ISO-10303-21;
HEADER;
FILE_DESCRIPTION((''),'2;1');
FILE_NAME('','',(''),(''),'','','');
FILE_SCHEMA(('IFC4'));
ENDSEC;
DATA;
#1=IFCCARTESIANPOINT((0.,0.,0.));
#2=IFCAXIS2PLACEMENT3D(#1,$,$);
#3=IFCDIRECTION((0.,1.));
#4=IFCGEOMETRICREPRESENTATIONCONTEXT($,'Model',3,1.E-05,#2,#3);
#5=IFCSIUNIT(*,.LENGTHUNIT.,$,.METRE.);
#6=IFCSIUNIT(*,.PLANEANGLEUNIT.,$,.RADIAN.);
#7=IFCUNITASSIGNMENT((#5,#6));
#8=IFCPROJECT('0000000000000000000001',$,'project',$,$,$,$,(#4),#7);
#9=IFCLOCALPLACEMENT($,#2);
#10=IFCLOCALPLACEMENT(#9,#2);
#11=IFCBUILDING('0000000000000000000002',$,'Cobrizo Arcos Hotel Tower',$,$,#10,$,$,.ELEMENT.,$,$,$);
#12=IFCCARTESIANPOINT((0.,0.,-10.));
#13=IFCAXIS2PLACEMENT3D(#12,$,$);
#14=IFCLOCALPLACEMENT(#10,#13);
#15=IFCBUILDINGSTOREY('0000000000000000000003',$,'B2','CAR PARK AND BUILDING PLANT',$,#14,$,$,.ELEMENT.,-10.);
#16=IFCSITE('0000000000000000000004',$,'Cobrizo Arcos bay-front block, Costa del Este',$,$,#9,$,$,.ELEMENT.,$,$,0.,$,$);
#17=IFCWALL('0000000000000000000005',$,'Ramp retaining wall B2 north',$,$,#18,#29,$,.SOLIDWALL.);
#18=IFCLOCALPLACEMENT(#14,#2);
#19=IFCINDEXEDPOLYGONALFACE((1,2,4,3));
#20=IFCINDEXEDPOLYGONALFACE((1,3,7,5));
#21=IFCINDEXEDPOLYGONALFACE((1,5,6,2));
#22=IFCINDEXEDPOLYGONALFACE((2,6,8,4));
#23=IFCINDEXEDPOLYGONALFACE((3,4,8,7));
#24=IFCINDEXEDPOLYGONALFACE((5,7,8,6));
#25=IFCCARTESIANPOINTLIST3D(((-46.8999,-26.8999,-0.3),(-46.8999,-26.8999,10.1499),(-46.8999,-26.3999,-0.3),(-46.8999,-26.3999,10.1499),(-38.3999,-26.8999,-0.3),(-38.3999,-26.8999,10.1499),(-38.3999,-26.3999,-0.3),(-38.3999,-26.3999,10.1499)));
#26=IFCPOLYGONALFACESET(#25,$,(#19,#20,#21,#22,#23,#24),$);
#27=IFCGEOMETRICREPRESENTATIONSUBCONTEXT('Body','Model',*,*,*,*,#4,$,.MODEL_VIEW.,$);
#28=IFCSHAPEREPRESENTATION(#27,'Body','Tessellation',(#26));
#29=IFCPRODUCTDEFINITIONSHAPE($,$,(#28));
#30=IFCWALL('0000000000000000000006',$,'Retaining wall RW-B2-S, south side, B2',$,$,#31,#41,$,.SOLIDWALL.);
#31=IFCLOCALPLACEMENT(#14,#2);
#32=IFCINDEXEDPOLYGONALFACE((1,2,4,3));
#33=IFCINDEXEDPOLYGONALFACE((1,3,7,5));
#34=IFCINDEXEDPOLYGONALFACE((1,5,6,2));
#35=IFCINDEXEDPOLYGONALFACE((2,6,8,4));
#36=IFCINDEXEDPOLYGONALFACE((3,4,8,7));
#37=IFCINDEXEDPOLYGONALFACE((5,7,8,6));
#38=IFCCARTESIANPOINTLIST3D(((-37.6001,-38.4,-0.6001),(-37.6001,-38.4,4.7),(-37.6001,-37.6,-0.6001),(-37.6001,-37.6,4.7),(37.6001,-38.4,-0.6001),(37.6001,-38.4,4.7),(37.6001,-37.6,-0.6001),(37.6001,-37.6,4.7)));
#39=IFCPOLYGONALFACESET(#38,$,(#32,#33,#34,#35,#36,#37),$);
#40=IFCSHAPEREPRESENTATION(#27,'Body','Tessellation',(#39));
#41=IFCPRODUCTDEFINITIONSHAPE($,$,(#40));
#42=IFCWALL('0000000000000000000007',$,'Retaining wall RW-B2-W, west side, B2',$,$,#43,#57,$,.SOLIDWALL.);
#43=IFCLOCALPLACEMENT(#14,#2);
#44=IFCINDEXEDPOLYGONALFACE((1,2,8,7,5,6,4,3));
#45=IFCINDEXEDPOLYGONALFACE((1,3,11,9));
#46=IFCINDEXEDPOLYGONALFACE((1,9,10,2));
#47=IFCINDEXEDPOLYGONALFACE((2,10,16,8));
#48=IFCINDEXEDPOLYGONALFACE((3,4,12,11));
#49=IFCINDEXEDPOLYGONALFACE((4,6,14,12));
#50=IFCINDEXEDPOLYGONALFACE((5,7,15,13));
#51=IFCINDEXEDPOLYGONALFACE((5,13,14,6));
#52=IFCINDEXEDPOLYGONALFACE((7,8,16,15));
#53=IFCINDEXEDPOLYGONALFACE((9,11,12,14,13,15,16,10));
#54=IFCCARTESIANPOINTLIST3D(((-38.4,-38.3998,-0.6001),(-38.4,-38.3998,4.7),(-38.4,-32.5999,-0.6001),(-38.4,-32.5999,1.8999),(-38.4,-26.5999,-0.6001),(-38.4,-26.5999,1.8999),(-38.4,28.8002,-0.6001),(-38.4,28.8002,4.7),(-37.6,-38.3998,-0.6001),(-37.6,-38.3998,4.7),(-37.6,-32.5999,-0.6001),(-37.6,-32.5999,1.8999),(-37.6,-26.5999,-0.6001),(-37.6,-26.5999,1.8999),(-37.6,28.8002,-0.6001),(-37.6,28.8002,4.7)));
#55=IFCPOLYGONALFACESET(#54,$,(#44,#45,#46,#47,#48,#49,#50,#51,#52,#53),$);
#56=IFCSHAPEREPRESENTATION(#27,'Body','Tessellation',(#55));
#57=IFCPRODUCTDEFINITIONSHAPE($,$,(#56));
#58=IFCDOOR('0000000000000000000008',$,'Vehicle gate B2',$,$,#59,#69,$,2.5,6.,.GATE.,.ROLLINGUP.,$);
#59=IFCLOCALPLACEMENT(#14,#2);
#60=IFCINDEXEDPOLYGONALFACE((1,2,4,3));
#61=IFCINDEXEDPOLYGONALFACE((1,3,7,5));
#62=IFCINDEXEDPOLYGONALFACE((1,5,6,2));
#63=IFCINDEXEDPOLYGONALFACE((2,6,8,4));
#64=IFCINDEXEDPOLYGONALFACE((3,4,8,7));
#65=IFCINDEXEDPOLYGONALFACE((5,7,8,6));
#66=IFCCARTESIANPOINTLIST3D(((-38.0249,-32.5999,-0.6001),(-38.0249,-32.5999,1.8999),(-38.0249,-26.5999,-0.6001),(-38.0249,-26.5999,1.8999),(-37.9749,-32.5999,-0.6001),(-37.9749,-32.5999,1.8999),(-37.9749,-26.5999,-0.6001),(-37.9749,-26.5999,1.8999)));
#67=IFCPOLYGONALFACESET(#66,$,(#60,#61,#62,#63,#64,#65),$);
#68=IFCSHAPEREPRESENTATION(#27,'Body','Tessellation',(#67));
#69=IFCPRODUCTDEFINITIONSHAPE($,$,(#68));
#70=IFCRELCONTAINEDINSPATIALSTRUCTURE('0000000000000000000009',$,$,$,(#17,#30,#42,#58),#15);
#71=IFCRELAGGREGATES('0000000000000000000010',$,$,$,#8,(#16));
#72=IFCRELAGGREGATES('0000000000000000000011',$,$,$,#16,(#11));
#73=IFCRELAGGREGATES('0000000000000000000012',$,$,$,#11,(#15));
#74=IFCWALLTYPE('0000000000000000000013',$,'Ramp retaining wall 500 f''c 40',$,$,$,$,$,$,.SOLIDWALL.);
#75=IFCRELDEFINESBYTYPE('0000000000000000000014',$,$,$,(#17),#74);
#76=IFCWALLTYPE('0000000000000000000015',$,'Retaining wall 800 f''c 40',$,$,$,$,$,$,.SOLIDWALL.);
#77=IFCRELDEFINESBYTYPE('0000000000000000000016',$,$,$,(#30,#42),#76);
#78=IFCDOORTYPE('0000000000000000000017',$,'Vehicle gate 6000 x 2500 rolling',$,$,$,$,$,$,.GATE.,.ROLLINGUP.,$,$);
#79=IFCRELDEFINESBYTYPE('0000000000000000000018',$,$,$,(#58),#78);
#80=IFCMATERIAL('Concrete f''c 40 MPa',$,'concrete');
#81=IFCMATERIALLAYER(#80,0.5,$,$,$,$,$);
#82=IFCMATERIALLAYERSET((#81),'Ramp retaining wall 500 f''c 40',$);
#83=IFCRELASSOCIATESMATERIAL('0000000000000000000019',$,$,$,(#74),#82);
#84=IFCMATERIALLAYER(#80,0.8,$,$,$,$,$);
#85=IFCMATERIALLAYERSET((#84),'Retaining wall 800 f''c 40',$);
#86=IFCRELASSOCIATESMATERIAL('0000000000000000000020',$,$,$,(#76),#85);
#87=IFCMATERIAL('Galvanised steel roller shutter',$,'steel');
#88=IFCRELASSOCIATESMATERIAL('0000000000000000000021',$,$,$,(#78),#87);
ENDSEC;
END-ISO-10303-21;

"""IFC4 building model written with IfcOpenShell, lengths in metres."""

from ifc_helpers import new_model, si_unit, direction, frame, frame_2d, origin, place, context, subcontext, project, spatial, rectangle, extrude, material, layer, layer_set, type_object, element, fill, save


model = new_model("IFC4")

# Units and contexts
model_context = context("Model", 3, precision=1e-05, world=origin(), true_north=direction((0.0, 1.0)))
body_context = subcontext(model_context, "Body", "Model", "MODEL_VIEW")
ifc_project = project(units=[si_unit("LENGTHUNIT", "METRE"), si_unit("PLANEANGLEUNIT", "RADIAN")], contexts=[model_context])

# Site, building, storey
site_placement = place(None, origin())
site = spatial("IfcSite", under=ifc_project, at=site_placement, Name="Cobrizo Arcos bay-front block, Costa del Este", CompositionType="ELEMENT", RefElevation=0.0)
building_placement = place(site_placement, origin())
building = spatial("IfcBuilding", under=site, at=building_placement, Name="Cobrizo Arcos Hotel Tower", CompositionType="ELEMENT")
storey_placement = place(building_placement, frame((0.0, 0.0, -10.0)))
storey = spatial("IfcBuildingStorey", under=building, at=storey_placement, Name="B2", Description="CAR PARK AND BUILDING PLANT", CompositionType="ELEMENT", Elevation=-10.0)

# Shared definitions
ifc_material_1 = material(Name="Concrete f'c 40 MPa", Category="concrete")

# Walls
ifc_layer_1 = layer(ifc_material_1, 0.5)
ifc_layer_set_1 = layer_set([ifc_layer_1], Name="Ramp retaining wall 500 f'c 40")
wall_type_1 = type_object("IfcWallType", Name="Ramp retaining wall 500 f'c 40", PredefinedType="SOLIDWALL", material=ifc_layer_set_1)
wall_1_placement = place(storey_placement, frame((-46.8999, -26.6499, -0.3), z_axis=(0.0, 0.0, 1.0), x_axis=(1.0, 0.0, 0.0)))
element("IfcWall", 1, at=wall_1_placement, inside=storey, type_object=wall_type_1, Name="Ramp retaining wall B2 north", PredefinedType="SOLIDWALL", context=body_context, shape_type="SweptSolid", body=[
    extrude(rectangle(XDim=8.5, YDim=0.5, at=frame_2d((4.25, 0.0))), origin(), (0.0, 0.0, 1.0), 10.45),
])
ifc_layer_2 = layer(ifc_material_1, 0.8)
ifc_layer_set_2 = layer_set([ifc_layer_2], Name="Retaining wall 800 f'c 40")
wall_type_2 = type_object("IfcWallType", Name="Retaining wall 800 f'c 40", PredefinedType="SOLIDWALL", material=ifc_layer_set_2)
wall_2_placement = place(storey_placement, frame((-37.6001, -38.0, -0.6001), z_axis=(0.0, 0.0, 1.0), x_axis=(1.0, 0.0, 0.0)))
element("IfcWall", 2, at=wall_2_placement, inside=storey, type_object=wall_type_2, Name="Retaining wall RW-B2-S, south side, B2", PredefinedType="SOLIDWALL", context=body_context, shape_type="SweptSolid", body=[
    extrude(rectangle(XDim=75.2002, YDim=0.8, at=frame_2d((37.6001, 0.0))), origin(), (0.0, 0.0, 1.0), 5.3),
])

# Wall, opening, door
wall_3_placement = place(storey_placement, frame((-38.0, -38.3999, -0.6001), z_axis=(0.0, 0.0, 1.0), x_axis=(0.0, 1.0, 0.0)))
wall_3 = element("IfcWall", 3, at=wall_3_placement, inside=storey, type_object=wall_type_2, Name="Retaining wall RW-B2-W, west side, B2", PredefinedType="SOLIDWALL", context=body_context, shape_type="SweptSolid", body=[
    extrude(rectangle(XDim=67.2, YDim=0.8, at=frame_2d((33.6001, 0.0))), origin(), (0.0, 0.0, 1.0), 5.3),
])
opening_placement = place(wall_3_placement, frame((5.8, 0.0, 0.0)))
opening = element("IfcOpeningElement", 4, at=opening_placement, cuts=wall_3, PredefinedType="OPENING", context=body_context, shape_type="SweptSolid", body=[
    extrude(rectangle(XDim=6.0, YDim=2.5, at=frame_2d((3.0, 1.25))), frame((0.0, 0.4121, 0.0), z_axis=(0.0, -1.0, 0.0), x_axis=(1.0, 0.0, 0.0)), (0.0, 0.0, 1.0), 0.824),
])
ifc_material_2 = material(Name="Galvanised steel roller shutter", Category="steel")
door_type = type_object("IfcDoorType", Name="Vehicle gate 6000 x 2500 rolling", OperationType="ROLLINGUP", PredefinedType="GATE", material=ifc_material_2)
door_placement = place(opening_placement, origin())
door = element("IfcDoor", 5, at=door_placement, inside=storey, type_object=door_type, Name="Vehicle gate B2", OperationType="ROLLINGUP", OverallHeight=2.5, OverallWidth=6.0, PredefinedType="GATE", context=body_context, shape_type="SweptSolid", body=[
    extrude(rectangle(XDim=6.0, YDim=2.5, at=frame_2d((3.0, 1.25))), frame((0.0, 0.0249, 0.0), z_axis=(0.0, -1.0, 0.0), x_axis=(1.0, 0.0, 0.0)), (0.0, 0.0, 1.0), 0.05),
])
fill(opening, door)

save(model, "model.ifc")
